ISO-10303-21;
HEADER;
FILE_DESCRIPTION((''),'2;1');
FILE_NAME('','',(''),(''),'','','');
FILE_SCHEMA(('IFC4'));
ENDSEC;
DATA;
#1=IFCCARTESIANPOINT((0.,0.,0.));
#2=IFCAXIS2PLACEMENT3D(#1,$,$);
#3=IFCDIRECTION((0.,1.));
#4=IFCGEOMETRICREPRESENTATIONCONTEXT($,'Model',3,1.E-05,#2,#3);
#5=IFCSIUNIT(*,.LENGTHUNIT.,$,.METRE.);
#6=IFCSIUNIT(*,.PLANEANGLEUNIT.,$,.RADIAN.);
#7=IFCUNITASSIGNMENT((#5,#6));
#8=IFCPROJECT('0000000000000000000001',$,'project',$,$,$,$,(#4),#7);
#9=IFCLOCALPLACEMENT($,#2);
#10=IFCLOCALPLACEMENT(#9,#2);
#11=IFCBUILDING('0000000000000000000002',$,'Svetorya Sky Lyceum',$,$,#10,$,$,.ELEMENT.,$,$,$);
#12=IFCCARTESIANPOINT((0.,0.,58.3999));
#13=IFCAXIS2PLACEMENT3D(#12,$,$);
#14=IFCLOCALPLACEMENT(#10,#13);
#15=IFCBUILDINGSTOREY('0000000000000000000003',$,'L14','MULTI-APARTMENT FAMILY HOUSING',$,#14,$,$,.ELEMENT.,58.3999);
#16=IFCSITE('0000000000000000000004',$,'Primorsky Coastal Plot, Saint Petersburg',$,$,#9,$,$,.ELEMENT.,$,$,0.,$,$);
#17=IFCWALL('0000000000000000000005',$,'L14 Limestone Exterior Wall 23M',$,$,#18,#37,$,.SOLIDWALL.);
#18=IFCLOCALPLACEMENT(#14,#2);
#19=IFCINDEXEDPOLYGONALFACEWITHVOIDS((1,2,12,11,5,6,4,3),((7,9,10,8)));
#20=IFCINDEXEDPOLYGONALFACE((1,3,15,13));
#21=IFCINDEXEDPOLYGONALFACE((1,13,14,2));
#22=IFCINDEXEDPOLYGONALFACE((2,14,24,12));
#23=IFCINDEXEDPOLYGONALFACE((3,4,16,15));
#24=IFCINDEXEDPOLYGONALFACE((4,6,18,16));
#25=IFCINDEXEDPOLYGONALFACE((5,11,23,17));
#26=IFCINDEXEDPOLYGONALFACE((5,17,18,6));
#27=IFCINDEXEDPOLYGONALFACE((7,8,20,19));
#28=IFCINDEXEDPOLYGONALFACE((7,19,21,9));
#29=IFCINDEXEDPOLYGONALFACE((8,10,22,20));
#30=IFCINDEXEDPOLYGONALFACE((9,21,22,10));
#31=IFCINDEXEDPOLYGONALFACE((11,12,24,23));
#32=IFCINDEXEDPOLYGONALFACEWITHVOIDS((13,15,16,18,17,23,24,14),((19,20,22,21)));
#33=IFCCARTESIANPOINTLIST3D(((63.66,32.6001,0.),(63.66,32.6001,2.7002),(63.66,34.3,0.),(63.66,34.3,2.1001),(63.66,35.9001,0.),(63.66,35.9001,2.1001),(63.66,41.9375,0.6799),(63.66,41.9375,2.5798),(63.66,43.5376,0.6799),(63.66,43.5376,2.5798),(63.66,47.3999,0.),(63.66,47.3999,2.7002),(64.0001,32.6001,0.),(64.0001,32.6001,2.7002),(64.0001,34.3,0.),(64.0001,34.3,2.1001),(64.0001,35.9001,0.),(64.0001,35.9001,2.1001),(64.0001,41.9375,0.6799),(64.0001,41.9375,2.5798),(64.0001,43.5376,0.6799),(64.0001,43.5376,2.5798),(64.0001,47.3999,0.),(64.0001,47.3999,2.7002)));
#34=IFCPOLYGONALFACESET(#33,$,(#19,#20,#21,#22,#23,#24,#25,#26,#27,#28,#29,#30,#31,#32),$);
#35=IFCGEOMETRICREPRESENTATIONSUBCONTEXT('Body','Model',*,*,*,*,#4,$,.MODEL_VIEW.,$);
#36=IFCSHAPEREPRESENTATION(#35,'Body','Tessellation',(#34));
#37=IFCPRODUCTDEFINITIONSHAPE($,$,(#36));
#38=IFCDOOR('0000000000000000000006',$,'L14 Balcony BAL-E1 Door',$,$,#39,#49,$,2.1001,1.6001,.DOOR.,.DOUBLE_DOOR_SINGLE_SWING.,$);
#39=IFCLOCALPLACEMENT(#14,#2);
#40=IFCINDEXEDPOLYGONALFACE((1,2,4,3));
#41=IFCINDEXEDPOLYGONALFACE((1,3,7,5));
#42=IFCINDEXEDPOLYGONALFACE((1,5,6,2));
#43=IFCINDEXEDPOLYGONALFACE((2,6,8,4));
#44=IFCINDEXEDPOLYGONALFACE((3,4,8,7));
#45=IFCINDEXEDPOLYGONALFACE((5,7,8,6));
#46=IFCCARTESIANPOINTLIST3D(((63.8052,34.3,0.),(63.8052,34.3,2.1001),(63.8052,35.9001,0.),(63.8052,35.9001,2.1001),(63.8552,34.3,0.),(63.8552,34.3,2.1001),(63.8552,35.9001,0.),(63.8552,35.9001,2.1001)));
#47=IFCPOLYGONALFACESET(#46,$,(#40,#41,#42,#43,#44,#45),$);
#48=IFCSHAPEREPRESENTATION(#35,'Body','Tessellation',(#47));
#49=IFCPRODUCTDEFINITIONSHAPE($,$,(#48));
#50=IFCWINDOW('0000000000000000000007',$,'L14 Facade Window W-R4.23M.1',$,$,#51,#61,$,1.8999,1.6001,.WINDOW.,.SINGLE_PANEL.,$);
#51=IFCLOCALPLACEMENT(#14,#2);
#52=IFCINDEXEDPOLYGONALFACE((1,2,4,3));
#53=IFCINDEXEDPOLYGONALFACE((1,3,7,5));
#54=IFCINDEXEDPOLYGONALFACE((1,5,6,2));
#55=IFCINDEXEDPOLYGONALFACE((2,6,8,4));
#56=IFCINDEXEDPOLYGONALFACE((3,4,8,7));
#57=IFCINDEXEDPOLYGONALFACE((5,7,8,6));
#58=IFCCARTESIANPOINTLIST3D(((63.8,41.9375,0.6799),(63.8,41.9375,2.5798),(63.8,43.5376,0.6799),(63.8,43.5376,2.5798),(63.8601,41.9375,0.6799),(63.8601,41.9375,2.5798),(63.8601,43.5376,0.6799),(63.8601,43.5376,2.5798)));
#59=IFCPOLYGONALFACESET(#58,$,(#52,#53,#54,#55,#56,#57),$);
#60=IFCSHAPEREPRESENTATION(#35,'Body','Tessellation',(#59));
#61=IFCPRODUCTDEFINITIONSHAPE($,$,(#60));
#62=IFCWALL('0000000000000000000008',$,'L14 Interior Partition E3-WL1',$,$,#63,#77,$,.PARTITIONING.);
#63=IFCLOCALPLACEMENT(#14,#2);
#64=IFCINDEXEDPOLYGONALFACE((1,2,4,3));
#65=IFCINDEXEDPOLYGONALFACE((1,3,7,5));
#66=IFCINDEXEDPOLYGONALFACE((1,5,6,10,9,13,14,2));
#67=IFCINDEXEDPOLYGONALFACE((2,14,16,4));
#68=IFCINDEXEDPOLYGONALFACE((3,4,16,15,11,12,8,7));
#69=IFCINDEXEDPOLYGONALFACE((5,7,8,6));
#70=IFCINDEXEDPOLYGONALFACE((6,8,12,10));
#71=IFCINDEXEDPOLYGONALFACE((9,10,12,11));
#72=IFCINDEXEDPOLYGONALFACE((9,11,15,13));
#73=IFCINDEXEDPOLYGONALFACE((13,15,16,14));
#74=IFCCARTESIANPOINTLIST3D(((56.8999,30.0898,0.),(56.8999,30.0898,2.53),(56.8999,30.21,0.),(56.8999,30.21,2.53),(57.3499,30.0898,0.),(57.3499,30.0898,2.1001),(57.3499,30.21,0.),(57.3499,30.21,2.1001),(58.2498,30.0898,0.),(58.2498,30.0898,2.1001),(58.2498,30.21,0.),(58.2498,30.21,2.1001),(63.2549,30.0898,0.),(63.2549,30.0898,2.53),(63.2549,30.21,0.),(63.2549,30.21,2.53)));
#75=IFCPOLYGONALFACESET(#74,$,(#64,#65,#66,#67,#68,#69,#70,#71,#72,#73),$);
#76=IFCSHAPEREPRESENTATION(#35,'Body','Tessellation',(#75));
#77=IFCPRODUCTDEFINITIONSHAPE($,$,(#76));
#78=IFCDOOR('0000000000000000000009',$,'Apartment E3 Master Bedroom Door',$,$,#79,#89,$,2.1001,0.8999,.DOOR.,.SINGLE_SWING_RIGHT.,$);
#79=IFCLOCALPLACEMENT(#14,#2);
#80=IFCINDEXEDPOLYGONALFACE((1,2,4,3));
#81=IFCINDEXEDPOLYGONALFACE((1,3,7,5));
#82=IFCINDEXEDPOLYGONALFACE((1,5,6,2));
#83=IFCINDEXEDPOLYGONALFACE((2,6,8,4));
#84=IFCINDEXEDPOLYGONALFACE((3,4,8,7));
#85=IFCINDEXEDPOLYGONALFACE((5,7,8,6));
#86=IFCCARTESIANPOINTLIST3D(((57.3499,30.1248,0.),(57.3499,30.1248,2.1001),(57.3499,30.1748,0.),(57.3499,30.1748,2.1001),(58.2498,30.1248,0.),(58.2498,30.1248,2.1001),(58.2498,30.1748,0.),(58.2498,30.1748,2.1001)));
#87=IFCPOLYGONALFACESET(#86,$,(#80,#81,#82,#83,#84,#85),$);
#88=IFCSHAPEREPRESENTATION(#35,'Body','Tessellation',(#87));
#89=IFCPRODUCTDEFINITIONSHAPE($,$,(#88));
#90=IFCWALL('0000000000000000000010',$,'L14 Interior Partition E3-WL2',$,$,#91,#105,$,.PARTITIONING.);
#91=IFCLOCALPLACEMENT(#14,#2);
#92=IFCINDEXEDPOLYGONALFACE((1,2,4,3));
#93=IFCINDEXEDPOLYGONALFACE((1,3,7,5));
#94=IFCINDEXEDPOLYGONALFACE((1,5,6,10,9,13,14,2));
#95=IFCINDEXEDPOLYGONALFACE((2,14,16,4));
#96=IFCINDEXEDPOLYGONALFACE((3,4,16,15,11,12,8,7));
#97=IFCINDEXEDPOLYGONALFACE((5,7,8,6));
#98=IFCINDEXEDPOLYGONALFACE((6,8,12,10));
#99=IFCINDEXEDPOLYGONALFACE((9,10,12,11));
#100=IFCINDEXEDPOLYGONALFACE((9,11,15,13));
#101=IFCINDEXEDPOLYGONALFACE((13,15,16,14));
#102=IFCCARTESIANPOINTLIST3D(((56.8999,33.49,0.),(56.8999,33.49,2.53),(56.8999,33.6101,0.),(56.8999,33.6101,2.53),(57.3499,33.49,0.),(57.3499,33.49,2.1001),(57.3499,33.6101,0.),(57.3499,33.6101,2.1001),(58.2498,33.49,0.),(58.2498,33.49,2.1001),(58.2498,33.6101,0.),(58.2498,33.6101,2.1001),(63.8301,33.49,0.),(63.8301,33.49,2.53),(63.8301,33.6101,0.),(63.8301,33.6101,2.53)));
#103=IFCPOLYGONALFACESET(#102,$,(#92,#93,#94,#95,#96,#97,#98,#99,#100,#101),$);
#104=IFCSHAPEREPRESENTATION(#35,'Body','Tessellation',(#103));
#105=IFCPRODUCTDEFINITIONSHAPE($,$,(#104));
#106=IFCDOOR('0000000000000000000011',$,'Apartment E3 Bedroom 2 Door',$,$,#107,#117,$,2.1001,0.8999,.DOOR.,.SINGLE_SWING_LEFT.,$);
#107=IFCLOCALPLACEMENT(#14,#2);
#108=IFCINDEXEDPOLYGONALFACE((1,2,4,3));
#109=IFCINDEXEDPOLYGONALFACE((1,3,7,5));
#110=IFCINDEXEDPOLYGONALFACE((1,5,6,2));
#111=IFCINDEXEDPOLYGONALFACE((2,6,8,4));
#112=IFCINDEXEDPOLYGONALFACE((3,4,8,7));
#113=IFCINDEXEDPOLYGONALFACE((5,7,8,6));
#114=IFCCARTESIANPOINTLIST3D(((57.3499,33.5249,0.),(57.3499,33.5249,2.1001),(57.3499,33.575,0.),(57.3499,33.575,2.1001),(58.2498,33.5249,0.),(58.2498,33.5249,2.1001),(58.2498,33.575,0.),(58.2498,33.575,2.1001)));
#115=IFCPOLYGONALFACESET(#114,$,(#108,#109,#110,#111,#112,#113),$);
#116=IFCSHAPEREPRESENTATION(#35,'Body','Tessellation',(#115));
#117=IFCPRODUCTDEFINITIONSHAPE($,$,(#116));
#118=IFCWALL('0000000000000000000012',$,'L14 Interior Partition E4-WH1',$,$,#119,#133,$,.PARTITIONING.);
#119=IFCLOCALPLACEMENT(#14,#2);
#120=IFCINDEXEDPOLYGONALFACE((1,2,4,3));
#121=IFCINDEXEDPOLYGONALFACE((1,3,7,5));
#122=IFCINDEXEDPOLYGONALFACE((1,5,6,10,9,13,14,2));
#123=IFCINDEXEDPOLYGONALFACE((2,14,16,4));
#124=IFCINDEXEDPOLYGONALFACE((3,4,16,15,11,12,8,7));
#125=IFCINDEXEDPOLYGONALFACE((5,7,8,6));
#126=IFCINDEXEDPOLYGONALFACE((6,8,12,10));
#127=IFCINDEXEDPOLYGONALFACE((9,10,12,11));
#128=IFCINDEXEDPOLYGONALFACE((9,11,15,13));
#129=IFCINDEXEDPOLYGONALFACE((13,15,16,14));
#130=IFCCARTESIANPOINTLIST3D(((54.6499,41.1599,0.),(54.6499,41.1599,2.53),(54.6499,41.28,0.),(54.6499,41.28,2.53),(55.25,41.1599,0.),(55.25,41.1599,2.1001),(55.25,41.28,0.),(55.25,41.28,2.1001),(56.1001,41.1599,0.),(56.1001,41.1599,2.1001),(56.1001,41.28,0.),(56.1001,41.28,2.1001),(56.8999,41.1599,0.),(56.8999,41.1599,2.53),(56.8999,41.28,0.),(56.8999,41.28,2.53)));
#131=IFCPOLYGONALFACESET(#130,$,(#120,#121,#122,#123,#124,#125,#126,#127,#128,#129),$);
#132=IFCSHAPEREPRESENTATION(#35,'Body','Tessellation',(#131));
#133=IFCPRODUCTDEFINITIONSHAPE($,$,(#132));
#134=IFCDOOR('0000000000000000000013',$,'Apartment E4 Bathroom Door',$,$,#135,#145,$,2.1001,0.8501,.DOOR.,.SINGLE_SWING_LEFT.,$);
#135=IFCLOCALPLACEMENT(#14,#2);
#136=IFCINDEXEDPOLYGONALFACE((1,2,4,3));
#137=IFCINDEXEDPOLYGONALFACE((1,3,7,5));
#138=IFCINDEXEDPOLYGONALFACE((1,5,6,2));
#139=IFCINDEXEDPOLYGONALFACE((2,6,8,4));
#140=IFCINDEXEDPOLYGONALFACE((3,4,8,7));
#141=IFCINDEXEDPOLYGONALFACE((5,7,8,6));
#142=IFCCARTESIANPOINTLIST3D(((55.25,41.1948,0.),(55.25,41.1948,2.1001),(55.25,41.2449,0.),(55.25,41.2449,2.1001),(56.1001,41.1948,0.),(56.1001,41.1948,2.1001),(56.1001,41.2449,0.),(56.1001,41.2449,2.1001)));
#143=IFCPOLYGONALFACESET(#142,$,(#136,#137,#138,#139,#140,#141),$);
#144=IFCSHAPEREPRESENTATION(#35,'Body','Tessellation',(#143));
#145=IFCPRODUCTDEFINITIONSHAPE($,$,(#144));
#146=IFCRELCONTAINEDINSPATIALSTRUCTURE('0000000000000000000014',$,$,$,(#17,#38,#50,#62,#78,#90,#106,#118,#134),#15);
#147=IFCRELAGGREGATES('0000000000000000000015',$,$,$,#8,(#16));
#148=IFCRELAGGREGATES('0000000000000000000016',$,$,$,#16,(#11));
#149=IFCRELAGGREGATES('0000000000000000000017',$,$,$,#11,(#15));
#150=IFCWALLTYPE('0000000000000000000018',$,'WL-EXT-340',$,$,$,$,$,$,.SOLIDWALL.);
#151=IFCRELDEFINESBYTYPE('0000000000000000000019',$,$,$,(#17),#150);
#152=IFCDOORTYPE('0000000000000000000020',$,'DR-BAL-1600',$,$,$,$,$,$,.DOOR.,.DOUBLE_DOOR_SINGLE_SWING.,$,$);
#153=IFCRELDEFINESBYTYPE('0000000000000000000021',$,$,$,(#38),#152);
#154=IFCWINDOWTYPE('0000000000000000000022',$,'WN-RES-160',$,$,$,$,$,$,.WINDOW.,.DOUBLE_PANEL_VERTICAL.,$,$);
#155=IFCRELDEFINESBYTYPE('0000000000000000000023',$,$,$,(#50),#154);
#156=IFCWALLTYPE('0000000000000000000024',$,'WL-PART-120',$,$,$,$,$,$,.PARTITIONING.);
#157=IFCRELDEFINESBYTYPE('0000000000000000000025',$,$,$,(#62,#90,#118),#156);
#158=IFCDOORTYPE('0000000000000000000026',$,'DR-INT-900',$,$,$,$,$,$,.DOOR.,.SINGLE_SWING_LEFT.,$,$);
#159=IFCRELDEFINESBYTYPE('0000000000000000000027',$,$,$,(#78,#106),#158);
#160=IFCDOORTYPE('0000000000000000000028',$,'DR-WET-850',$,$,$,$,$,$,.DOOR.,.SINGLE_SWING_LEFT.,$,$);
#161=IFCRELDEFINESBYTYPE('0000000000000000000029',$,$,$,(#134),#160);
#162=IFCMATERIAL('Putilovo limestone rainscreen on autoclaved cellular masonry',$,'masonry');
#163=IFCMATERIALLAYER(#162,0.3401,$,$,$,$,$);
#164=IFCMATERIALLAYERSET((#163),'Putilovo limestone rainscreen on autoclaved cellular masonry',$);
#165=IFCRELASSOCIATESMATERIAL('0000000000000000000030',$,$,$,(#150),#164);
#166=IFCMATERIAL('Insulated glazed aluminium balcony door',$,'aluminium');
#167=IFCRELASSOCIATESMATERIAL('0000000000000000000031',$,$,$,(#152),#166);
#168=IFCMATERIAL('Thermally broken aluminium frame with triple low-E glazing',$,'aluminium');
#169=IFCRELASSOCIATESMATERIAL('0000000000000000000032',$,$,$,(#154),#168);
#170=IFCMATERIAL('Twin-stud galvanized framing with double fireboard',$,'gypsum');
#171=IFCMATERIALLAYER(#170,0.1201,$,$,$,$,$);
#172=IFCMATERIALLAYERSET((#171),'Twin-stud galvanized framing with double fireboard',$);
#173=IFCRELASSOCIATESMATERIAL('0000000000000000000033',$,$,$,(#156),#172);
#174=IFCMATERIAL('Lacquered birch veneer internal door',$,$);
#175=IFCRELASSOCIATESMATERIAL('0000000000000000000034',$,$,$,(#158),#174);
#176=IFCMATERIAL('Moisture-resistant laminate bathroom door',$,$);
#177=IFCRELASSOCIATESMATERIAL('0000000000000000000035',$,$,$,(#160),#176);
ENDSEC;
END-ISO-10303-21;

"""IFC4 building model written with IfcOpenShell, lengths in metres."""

from ifc_helpers import new_model, si_unit, direction, frame, frame_2d, origin, place, context, subcontext, project, spatial, rectangle, extrude, material, layer, layer_set, type_object, element, fill, save


model = new_model("IFC4")

# Units and contexts
model_context = context("Model", 3, precision=1e-05, world=origin(), true_north=direction((0.0, 1.0)))
body_context = subcontext(model_context, "Body", "Model", "MODEL_VIEW")
ifc_project = project(units=[si_unit("LENGTHUNIT", "METRE"), si_unit("PLANEANGLEUNIT", "RADIAN")], contexts=[model_context])

# Site, building, storey
site_placement = place(None, origin())
site = spatial("IfcSite", under=ifc_project, at=site_placement, Name="Primorsky Coastal Plot, Saint Petersburg", CompositionType="ELEMENT", RefElevation=0.0)
building_placement = place(site_placement, origin())
building = spatial("IfcBuilding", under=site, at=building_placement, Name="Svetorya Sky Lyceum", CompositionType="ELEMENT")
storey_placement = place(building_placement, frame((0.0, 0.0, 58.3999)))
storey = spatial("IfcBuildingStorey", under=building, at=storey_placement, Name="L14", Description="MULTI-APARTMENT FAMILY HOUSING", CompositionType="ELEMENT", Elevation=58.3999)

# Shared definitions
ifc_material_1 = material(Name="Putilovo limestone rainscreen on autoclaved cellular masonry", Category="masonry")
ifc_layer_1 = layer(ifc_material_1, 0.3401)
ifc_layer_set_1 = layer_set([ifc_layer_1], Name="Putilovo limestone rainscreen on autoclaved cellular masonry")
wall_type_1 = type_object("IfcWallType", Name="WL-EXT-340", PredefinedType="SOLIDWALL", material=ifc_layer_set_1)

# Shared definitions
ifc_material_2 = material(Name="Thermally broken aluminium frame with triple low-E glazing", Category="aluminium")

# Wall, openings, door, window
wall_1_placement = place(storey_placement, frame((63.8301, 32.6001, 0.0), z_axis=(0.0, 0.0, 1.0), x_axis=(0.0, 1.0, 0.0)))
wall_1 = element("IfcWall", 1, at=wall_1_placement, inside=storey, type_object=wall_type_1, Name="L14 Limestone Exterior Wall 23M", PredefinedType="SOLIDWALL", context=body_context, shape_type="SweptSolid", body=[
    extrude(rectangle(XDim=14.7998, YDim=0.3401, at=frame_2d((7.3999, 0.0))), origin(), (0.0, 0.0, 1.0), 2.7002),
])
opening_1_placement = place(wall_1_placement, frame((1.7, 0.0, 0.0)))
opening_1 = element("IfcOpeningElement", 2, at=opening_1_placement, cuts=wall_1, PredefinedType="OPENING", context=body_context, shape_type="SweptSolid", body=[
    extrude(rectangle(XDim=1.6001, YDim=2.1001, at=frame_2d((0.8, 1.05))), frame((0.0, 0.1799, 0.0), z_axis=(0.0, -1.0, 0.0), x_axis=(1.0, 0.0, 0.0)), (0.0, 0.0, 1.0), 0.3601),
])
opening_2_placement = place(wall_1_placement, frame((9.3374, 0.0, 0.6799)))
opening_2 = element("IfcOpeningElement", 3, at=opening_2_placement, cuts=wall_1, PredefinedType="OPENING", context=body_context, shape_type="SweptSolid", body=[
    extrude(rectangle(XDim=1.6001, YDim=1.8999, at=frame_2d((0.8, 0.95))), frame((0.0, 0.1799, 0.0), z_axis=(0.0, -1.0, 0.0), x_axis=(1.0, 0.0, 0.0)), (0.0, 0.0, 1.0), 0.3601),
])
ifc_material_3 = material(Name="Insulated glazed aluminium balcony door", Category="aluminium")
door_type_1 = type_object("IfcDoorType", Name="DR-BAL-1600", OperationType="DOUBLE_DOOR_SINGLE_SWING", PredefinedType="DOOR", material=ifc_material_3)
door_1_placement = place(opening_1_placement, origin())
door_1 = element("IfcDoor", 4, at=door_1_placement, inside=storey, type_object=door_type_1, Name="L14 Balcony BAL-E1 Door", OperationType="DOUBLE_DOOR_SINGLE_SWING", OverallHeight=2.1001, OverallWidth=1.6001, PredefinedType="DOOR", context=body_context, shape_type="SweptSolid", body=[
    extrude(rectangle(XDim=1.6001, YDim=2.1001, at=frame_2d((0.8, 1.05))), frame((0.0, 0.0249, 0.0), z_axis=(0.0, -1.0, 0.0), x_axis=(1.0, 0.0, 0.0)), (0.0, 0.0, 1.0), 0.05),
])
fill(opening_1, door_1)
window_type_1 = type_object("IfcWindowType", Name="WN-RES-160", PartitioningType="DOUBLE_PANEL_VERTICAL", PredefinedType="WINDOW", material=ifc_material_2)
window_1_placement = place(opening_2_placement, origin())
window_1 = element("IfcWindow", 5, at=window_1_placement, inside=storey, type_object=window_type_1, Name="L14 Facade Window W-R4.23M.1", OverallHeight=1.8999, OverallWidth=1.6001, PartitioningType="SINGLE_PANEL", PredefinedType="WINDOW", context=body_context, shape_type="SweptSolid", body=[
    extrude(rectangle(XDim=1.6001, YDim=1.8999, at=frame_2d((0.8, 0.95))), frame((0.0, 0.03, 0.0), z_axis=(0.0, -1.0, 0.0), x_axis=(1.0, 0.0, 0.0)), (0.0, 0.0, 1.0), 0.0601),
])
fill(opening_2, window_1)

# Walls, openings, doors
ifc_material_4 = material(Name="Twin-stud galvanized framing with double fireboard", Category="gypsum")
ifc_layer_2 = layer(ifc_material_4, 0.1201)
ifc_layer_set_2 = layer_set([ifc_layer_2], Name="Twin-stud galvanized framing with double fireboard")
wall_type_2 = type_object("IfcWallType", Name="WL-PART-120", PredefinedType="PARTITIONING", material=ifc_layer_set_2)
wall_2_placement = place(storey_placement, frame((56.8999, 30.1499, 0.0), z_axis=(0.0, 0.0, 1.0), x_axis=(1.0, 0.0, 0.0)))
wall_2 = element("IfcWall", 6, at=wall_2_placement, inside=storey, type_object=wall_type_2, Name="L14 Interior Partition E3-WL1", PredefinedType="PARTITIONING", context=body_context, shape_type="SweptSolid", body=[
    extrude(rectangle(XDim=6.355, YDim=0.1201, at=frame_2d((3.1775, 0.0))), origin(), (0.0, 0.0, 1.0), 2.53),
])
opening_3_placement = place(wall_2_placement, frame((0.45, 0.0, 0.0)))
opening_3 = element("IfcOpeningElement", 7, at=opening_3_placement, cuts=wall_2, PredefinedType="OPENING", context=body_context, shape_type="SweptSolid", body=[
    extrude(rectangle(XDim=0.8999, YDim=2.1001, at=frame_2d((0.45, 1.05))), frame((0.0, 0.0701, 0.0), z_axis=(0.0, -1.0, 0.0), x_axis=(1.0, 0.0, 0.0)), (0.0, 0.0, 1.0), 0.1401),
])
ifc_material_5 = material(Name="Lacquered birch veneer internal door")
door_type_2 = type_object("IfcDoorType", Name="DR-INT-900", OperationType="SINGLE_SWING_LEFT", PredefinedType="DOOR", material=ifc_material_5)
door_2_placement = place(opening_3_placement, origin())
door_2 = element("IfcDoor", 8, at=door_2_placement, inside=storey, type_object=door_type_2, Name="Apartment E3 Master Bedroom Door", OperationType="SINGLE_SWING_RIGHT", OverallHeight=2.1001, OverallWidth=0.8999, PredefinedType="DOOR", context=body_context, shape_type="SweptSolid", body=[
    extrude(rectangle(XDim=0.8999, YDim=2.1001, at=frame_2d((0.45, 1.05))), frame((0.0, 0.0249, 0.0), z_axis=(0.0, -1.0, 0.0), x_axis=(1.0, 0.0, 0.0)), (0.0, 0.0, 1.0), 0.05),
])
fill(opening_3, door_2)
wall_3_placement = place(storey_placement, frame((56.8999, 33.55, 0.0), z_axis=(0.0, 0.0, 1.0), x_axis=(1.0, 0.0, 0.0)))
wall_3 = element("IfcWall", 9, at=wall_3_placement, inside=storey, type_object=wall_type_2, Name="L14 Interior Partition E3-WL2", PredefinedType="PARTITIONING", context=body_context, shape_type="SweptSolid", body=[
    extrude(rectangle(XDim=6.9302, YDim=0.1201, at=frame_2d((3.4651, 0.0))), origin(), (0.0, 0.0, 1.0), 2.53),
])
opening_4_placement = place(wall_3_placement, frame((0.45, 0.0, 0.0)))
opening_4 = element("IfcOpeningElement", 10, at=opening_4_placement, cuts=wall_3, PredefinedType="OPENING", context=body_context, shape_type="SweptSolid", body=[
    extrude(rectangle(XDim=0.8999, YDim=2.1001, at=frame_2d((0.45, 1.05))), frame((0.0, 0.0701, 0.0), z_axis=(0.0, -1.0, 0.0), x_axis=(1.0, 0.0, 0.0)), (0.0, 0.0, 1.0), 0.1401),
])
door_3_placement = place(opening_4_placement, origin())
door_3 = element("IfcDoor", 11, at=door_3_placement, inside=storey, type_object=door_type_2, Name="Apartment E3 Bedroom 2 Door", OperationType="SINGLE_SWING_LEFT", OverallHeight=2.1001, OverallWidth=0.8999, PredefinedType="DOOR", context=body_context, shape_type="SweptSolid", body=[
    extrude(rectangle(XDim=0.8999, YDim=2.1001, at=frame_2d((0.45, 1.05))), frame((0.0, 0.0249, 0.0), z_axis=(0.0, -1.0, 0.0), x_axis=(1.0, 0.0, 0.0)), (0.0, 0.0, 1.0), 0.05),
])
fill(opening_4, door_3)
wall_4_placement = place(storey_placement, frame((54.6499, 41.22, 0.0), z_axis=(0.0, 0.0, 1.0), x_axis=(1.0, 0.0, 0.0)))
wall_4 = element("IfcWall", 12, at=wall_4_placement, inside=storey, type_object=wall_type_2, Name="L14 Interior Partition E4-WH1", PredefinedType="PARTITIONING", context=body_context, shape_type="SweptSolid", body=[
    extrude(rectangle(XDim=2.25, YDim=0.1201, at=frame_2d((1.125, 0.0))), origin(), (0.0, 0.0, 1.0), 2.53),
])
opening_5_placement = place(wall_4_placement, frame((0.6001, 0.0, 0.0)))
opening_5 = element("IfcOpeningElement", 13, at=opening_5_placement, cuts=wall_4, PredefinedType="OPENING", context=body_context, shape_type="SweptSolid", body=[
    extrude(rectangle(XDim=0.8501, YDim=2.1001, at=frame_2d((0.425, 1.05))), frame((0.0, 0.0701, 0.0), z_axis=(0.0, -1.0, 0.0), x_axis=(1.0, 0.0, 0.0)), (0.0, 0.0, 1.0), 0.1401),
])
ifc_material_6 = material(Name="Moisture-resistant laminate bathroom door")
door_type_3 = type_object("IfcDoorType", Name="DR-WET-850", OperationType="SINGLE_SWING_LEFT", PredefinedType="DOOR", material=ifc_material_6)
door_4_placement = place(opening_5_placement, origin())
door_4 = element("IfcDoor", 14, at=door_4_placement, inside=storey, type_object=door_type_3, Name="Apartment E4 Bathroom Door", OperationType="SINGLE_SWING_LEFT", OverallHeight=2.1001, OverallWidth=0.8501, PredefinedType="DOOR", context=body_context, shape_type="SweptSolid", body=[
    extrude(rectangle(XDim=0.8501, YDim=2.1001, at=frame_2d((0.425, 1.05))), frame((0.0, 0.0249, 0.0), z_axis=(0.0, -1.0, 0.0), x_axis=(1.0, 0.0, 0.0)), (0.0, 0.0, 1.0), 0.05),
])
fill(opening_5, door_4)

save(model, "model.ifc")
